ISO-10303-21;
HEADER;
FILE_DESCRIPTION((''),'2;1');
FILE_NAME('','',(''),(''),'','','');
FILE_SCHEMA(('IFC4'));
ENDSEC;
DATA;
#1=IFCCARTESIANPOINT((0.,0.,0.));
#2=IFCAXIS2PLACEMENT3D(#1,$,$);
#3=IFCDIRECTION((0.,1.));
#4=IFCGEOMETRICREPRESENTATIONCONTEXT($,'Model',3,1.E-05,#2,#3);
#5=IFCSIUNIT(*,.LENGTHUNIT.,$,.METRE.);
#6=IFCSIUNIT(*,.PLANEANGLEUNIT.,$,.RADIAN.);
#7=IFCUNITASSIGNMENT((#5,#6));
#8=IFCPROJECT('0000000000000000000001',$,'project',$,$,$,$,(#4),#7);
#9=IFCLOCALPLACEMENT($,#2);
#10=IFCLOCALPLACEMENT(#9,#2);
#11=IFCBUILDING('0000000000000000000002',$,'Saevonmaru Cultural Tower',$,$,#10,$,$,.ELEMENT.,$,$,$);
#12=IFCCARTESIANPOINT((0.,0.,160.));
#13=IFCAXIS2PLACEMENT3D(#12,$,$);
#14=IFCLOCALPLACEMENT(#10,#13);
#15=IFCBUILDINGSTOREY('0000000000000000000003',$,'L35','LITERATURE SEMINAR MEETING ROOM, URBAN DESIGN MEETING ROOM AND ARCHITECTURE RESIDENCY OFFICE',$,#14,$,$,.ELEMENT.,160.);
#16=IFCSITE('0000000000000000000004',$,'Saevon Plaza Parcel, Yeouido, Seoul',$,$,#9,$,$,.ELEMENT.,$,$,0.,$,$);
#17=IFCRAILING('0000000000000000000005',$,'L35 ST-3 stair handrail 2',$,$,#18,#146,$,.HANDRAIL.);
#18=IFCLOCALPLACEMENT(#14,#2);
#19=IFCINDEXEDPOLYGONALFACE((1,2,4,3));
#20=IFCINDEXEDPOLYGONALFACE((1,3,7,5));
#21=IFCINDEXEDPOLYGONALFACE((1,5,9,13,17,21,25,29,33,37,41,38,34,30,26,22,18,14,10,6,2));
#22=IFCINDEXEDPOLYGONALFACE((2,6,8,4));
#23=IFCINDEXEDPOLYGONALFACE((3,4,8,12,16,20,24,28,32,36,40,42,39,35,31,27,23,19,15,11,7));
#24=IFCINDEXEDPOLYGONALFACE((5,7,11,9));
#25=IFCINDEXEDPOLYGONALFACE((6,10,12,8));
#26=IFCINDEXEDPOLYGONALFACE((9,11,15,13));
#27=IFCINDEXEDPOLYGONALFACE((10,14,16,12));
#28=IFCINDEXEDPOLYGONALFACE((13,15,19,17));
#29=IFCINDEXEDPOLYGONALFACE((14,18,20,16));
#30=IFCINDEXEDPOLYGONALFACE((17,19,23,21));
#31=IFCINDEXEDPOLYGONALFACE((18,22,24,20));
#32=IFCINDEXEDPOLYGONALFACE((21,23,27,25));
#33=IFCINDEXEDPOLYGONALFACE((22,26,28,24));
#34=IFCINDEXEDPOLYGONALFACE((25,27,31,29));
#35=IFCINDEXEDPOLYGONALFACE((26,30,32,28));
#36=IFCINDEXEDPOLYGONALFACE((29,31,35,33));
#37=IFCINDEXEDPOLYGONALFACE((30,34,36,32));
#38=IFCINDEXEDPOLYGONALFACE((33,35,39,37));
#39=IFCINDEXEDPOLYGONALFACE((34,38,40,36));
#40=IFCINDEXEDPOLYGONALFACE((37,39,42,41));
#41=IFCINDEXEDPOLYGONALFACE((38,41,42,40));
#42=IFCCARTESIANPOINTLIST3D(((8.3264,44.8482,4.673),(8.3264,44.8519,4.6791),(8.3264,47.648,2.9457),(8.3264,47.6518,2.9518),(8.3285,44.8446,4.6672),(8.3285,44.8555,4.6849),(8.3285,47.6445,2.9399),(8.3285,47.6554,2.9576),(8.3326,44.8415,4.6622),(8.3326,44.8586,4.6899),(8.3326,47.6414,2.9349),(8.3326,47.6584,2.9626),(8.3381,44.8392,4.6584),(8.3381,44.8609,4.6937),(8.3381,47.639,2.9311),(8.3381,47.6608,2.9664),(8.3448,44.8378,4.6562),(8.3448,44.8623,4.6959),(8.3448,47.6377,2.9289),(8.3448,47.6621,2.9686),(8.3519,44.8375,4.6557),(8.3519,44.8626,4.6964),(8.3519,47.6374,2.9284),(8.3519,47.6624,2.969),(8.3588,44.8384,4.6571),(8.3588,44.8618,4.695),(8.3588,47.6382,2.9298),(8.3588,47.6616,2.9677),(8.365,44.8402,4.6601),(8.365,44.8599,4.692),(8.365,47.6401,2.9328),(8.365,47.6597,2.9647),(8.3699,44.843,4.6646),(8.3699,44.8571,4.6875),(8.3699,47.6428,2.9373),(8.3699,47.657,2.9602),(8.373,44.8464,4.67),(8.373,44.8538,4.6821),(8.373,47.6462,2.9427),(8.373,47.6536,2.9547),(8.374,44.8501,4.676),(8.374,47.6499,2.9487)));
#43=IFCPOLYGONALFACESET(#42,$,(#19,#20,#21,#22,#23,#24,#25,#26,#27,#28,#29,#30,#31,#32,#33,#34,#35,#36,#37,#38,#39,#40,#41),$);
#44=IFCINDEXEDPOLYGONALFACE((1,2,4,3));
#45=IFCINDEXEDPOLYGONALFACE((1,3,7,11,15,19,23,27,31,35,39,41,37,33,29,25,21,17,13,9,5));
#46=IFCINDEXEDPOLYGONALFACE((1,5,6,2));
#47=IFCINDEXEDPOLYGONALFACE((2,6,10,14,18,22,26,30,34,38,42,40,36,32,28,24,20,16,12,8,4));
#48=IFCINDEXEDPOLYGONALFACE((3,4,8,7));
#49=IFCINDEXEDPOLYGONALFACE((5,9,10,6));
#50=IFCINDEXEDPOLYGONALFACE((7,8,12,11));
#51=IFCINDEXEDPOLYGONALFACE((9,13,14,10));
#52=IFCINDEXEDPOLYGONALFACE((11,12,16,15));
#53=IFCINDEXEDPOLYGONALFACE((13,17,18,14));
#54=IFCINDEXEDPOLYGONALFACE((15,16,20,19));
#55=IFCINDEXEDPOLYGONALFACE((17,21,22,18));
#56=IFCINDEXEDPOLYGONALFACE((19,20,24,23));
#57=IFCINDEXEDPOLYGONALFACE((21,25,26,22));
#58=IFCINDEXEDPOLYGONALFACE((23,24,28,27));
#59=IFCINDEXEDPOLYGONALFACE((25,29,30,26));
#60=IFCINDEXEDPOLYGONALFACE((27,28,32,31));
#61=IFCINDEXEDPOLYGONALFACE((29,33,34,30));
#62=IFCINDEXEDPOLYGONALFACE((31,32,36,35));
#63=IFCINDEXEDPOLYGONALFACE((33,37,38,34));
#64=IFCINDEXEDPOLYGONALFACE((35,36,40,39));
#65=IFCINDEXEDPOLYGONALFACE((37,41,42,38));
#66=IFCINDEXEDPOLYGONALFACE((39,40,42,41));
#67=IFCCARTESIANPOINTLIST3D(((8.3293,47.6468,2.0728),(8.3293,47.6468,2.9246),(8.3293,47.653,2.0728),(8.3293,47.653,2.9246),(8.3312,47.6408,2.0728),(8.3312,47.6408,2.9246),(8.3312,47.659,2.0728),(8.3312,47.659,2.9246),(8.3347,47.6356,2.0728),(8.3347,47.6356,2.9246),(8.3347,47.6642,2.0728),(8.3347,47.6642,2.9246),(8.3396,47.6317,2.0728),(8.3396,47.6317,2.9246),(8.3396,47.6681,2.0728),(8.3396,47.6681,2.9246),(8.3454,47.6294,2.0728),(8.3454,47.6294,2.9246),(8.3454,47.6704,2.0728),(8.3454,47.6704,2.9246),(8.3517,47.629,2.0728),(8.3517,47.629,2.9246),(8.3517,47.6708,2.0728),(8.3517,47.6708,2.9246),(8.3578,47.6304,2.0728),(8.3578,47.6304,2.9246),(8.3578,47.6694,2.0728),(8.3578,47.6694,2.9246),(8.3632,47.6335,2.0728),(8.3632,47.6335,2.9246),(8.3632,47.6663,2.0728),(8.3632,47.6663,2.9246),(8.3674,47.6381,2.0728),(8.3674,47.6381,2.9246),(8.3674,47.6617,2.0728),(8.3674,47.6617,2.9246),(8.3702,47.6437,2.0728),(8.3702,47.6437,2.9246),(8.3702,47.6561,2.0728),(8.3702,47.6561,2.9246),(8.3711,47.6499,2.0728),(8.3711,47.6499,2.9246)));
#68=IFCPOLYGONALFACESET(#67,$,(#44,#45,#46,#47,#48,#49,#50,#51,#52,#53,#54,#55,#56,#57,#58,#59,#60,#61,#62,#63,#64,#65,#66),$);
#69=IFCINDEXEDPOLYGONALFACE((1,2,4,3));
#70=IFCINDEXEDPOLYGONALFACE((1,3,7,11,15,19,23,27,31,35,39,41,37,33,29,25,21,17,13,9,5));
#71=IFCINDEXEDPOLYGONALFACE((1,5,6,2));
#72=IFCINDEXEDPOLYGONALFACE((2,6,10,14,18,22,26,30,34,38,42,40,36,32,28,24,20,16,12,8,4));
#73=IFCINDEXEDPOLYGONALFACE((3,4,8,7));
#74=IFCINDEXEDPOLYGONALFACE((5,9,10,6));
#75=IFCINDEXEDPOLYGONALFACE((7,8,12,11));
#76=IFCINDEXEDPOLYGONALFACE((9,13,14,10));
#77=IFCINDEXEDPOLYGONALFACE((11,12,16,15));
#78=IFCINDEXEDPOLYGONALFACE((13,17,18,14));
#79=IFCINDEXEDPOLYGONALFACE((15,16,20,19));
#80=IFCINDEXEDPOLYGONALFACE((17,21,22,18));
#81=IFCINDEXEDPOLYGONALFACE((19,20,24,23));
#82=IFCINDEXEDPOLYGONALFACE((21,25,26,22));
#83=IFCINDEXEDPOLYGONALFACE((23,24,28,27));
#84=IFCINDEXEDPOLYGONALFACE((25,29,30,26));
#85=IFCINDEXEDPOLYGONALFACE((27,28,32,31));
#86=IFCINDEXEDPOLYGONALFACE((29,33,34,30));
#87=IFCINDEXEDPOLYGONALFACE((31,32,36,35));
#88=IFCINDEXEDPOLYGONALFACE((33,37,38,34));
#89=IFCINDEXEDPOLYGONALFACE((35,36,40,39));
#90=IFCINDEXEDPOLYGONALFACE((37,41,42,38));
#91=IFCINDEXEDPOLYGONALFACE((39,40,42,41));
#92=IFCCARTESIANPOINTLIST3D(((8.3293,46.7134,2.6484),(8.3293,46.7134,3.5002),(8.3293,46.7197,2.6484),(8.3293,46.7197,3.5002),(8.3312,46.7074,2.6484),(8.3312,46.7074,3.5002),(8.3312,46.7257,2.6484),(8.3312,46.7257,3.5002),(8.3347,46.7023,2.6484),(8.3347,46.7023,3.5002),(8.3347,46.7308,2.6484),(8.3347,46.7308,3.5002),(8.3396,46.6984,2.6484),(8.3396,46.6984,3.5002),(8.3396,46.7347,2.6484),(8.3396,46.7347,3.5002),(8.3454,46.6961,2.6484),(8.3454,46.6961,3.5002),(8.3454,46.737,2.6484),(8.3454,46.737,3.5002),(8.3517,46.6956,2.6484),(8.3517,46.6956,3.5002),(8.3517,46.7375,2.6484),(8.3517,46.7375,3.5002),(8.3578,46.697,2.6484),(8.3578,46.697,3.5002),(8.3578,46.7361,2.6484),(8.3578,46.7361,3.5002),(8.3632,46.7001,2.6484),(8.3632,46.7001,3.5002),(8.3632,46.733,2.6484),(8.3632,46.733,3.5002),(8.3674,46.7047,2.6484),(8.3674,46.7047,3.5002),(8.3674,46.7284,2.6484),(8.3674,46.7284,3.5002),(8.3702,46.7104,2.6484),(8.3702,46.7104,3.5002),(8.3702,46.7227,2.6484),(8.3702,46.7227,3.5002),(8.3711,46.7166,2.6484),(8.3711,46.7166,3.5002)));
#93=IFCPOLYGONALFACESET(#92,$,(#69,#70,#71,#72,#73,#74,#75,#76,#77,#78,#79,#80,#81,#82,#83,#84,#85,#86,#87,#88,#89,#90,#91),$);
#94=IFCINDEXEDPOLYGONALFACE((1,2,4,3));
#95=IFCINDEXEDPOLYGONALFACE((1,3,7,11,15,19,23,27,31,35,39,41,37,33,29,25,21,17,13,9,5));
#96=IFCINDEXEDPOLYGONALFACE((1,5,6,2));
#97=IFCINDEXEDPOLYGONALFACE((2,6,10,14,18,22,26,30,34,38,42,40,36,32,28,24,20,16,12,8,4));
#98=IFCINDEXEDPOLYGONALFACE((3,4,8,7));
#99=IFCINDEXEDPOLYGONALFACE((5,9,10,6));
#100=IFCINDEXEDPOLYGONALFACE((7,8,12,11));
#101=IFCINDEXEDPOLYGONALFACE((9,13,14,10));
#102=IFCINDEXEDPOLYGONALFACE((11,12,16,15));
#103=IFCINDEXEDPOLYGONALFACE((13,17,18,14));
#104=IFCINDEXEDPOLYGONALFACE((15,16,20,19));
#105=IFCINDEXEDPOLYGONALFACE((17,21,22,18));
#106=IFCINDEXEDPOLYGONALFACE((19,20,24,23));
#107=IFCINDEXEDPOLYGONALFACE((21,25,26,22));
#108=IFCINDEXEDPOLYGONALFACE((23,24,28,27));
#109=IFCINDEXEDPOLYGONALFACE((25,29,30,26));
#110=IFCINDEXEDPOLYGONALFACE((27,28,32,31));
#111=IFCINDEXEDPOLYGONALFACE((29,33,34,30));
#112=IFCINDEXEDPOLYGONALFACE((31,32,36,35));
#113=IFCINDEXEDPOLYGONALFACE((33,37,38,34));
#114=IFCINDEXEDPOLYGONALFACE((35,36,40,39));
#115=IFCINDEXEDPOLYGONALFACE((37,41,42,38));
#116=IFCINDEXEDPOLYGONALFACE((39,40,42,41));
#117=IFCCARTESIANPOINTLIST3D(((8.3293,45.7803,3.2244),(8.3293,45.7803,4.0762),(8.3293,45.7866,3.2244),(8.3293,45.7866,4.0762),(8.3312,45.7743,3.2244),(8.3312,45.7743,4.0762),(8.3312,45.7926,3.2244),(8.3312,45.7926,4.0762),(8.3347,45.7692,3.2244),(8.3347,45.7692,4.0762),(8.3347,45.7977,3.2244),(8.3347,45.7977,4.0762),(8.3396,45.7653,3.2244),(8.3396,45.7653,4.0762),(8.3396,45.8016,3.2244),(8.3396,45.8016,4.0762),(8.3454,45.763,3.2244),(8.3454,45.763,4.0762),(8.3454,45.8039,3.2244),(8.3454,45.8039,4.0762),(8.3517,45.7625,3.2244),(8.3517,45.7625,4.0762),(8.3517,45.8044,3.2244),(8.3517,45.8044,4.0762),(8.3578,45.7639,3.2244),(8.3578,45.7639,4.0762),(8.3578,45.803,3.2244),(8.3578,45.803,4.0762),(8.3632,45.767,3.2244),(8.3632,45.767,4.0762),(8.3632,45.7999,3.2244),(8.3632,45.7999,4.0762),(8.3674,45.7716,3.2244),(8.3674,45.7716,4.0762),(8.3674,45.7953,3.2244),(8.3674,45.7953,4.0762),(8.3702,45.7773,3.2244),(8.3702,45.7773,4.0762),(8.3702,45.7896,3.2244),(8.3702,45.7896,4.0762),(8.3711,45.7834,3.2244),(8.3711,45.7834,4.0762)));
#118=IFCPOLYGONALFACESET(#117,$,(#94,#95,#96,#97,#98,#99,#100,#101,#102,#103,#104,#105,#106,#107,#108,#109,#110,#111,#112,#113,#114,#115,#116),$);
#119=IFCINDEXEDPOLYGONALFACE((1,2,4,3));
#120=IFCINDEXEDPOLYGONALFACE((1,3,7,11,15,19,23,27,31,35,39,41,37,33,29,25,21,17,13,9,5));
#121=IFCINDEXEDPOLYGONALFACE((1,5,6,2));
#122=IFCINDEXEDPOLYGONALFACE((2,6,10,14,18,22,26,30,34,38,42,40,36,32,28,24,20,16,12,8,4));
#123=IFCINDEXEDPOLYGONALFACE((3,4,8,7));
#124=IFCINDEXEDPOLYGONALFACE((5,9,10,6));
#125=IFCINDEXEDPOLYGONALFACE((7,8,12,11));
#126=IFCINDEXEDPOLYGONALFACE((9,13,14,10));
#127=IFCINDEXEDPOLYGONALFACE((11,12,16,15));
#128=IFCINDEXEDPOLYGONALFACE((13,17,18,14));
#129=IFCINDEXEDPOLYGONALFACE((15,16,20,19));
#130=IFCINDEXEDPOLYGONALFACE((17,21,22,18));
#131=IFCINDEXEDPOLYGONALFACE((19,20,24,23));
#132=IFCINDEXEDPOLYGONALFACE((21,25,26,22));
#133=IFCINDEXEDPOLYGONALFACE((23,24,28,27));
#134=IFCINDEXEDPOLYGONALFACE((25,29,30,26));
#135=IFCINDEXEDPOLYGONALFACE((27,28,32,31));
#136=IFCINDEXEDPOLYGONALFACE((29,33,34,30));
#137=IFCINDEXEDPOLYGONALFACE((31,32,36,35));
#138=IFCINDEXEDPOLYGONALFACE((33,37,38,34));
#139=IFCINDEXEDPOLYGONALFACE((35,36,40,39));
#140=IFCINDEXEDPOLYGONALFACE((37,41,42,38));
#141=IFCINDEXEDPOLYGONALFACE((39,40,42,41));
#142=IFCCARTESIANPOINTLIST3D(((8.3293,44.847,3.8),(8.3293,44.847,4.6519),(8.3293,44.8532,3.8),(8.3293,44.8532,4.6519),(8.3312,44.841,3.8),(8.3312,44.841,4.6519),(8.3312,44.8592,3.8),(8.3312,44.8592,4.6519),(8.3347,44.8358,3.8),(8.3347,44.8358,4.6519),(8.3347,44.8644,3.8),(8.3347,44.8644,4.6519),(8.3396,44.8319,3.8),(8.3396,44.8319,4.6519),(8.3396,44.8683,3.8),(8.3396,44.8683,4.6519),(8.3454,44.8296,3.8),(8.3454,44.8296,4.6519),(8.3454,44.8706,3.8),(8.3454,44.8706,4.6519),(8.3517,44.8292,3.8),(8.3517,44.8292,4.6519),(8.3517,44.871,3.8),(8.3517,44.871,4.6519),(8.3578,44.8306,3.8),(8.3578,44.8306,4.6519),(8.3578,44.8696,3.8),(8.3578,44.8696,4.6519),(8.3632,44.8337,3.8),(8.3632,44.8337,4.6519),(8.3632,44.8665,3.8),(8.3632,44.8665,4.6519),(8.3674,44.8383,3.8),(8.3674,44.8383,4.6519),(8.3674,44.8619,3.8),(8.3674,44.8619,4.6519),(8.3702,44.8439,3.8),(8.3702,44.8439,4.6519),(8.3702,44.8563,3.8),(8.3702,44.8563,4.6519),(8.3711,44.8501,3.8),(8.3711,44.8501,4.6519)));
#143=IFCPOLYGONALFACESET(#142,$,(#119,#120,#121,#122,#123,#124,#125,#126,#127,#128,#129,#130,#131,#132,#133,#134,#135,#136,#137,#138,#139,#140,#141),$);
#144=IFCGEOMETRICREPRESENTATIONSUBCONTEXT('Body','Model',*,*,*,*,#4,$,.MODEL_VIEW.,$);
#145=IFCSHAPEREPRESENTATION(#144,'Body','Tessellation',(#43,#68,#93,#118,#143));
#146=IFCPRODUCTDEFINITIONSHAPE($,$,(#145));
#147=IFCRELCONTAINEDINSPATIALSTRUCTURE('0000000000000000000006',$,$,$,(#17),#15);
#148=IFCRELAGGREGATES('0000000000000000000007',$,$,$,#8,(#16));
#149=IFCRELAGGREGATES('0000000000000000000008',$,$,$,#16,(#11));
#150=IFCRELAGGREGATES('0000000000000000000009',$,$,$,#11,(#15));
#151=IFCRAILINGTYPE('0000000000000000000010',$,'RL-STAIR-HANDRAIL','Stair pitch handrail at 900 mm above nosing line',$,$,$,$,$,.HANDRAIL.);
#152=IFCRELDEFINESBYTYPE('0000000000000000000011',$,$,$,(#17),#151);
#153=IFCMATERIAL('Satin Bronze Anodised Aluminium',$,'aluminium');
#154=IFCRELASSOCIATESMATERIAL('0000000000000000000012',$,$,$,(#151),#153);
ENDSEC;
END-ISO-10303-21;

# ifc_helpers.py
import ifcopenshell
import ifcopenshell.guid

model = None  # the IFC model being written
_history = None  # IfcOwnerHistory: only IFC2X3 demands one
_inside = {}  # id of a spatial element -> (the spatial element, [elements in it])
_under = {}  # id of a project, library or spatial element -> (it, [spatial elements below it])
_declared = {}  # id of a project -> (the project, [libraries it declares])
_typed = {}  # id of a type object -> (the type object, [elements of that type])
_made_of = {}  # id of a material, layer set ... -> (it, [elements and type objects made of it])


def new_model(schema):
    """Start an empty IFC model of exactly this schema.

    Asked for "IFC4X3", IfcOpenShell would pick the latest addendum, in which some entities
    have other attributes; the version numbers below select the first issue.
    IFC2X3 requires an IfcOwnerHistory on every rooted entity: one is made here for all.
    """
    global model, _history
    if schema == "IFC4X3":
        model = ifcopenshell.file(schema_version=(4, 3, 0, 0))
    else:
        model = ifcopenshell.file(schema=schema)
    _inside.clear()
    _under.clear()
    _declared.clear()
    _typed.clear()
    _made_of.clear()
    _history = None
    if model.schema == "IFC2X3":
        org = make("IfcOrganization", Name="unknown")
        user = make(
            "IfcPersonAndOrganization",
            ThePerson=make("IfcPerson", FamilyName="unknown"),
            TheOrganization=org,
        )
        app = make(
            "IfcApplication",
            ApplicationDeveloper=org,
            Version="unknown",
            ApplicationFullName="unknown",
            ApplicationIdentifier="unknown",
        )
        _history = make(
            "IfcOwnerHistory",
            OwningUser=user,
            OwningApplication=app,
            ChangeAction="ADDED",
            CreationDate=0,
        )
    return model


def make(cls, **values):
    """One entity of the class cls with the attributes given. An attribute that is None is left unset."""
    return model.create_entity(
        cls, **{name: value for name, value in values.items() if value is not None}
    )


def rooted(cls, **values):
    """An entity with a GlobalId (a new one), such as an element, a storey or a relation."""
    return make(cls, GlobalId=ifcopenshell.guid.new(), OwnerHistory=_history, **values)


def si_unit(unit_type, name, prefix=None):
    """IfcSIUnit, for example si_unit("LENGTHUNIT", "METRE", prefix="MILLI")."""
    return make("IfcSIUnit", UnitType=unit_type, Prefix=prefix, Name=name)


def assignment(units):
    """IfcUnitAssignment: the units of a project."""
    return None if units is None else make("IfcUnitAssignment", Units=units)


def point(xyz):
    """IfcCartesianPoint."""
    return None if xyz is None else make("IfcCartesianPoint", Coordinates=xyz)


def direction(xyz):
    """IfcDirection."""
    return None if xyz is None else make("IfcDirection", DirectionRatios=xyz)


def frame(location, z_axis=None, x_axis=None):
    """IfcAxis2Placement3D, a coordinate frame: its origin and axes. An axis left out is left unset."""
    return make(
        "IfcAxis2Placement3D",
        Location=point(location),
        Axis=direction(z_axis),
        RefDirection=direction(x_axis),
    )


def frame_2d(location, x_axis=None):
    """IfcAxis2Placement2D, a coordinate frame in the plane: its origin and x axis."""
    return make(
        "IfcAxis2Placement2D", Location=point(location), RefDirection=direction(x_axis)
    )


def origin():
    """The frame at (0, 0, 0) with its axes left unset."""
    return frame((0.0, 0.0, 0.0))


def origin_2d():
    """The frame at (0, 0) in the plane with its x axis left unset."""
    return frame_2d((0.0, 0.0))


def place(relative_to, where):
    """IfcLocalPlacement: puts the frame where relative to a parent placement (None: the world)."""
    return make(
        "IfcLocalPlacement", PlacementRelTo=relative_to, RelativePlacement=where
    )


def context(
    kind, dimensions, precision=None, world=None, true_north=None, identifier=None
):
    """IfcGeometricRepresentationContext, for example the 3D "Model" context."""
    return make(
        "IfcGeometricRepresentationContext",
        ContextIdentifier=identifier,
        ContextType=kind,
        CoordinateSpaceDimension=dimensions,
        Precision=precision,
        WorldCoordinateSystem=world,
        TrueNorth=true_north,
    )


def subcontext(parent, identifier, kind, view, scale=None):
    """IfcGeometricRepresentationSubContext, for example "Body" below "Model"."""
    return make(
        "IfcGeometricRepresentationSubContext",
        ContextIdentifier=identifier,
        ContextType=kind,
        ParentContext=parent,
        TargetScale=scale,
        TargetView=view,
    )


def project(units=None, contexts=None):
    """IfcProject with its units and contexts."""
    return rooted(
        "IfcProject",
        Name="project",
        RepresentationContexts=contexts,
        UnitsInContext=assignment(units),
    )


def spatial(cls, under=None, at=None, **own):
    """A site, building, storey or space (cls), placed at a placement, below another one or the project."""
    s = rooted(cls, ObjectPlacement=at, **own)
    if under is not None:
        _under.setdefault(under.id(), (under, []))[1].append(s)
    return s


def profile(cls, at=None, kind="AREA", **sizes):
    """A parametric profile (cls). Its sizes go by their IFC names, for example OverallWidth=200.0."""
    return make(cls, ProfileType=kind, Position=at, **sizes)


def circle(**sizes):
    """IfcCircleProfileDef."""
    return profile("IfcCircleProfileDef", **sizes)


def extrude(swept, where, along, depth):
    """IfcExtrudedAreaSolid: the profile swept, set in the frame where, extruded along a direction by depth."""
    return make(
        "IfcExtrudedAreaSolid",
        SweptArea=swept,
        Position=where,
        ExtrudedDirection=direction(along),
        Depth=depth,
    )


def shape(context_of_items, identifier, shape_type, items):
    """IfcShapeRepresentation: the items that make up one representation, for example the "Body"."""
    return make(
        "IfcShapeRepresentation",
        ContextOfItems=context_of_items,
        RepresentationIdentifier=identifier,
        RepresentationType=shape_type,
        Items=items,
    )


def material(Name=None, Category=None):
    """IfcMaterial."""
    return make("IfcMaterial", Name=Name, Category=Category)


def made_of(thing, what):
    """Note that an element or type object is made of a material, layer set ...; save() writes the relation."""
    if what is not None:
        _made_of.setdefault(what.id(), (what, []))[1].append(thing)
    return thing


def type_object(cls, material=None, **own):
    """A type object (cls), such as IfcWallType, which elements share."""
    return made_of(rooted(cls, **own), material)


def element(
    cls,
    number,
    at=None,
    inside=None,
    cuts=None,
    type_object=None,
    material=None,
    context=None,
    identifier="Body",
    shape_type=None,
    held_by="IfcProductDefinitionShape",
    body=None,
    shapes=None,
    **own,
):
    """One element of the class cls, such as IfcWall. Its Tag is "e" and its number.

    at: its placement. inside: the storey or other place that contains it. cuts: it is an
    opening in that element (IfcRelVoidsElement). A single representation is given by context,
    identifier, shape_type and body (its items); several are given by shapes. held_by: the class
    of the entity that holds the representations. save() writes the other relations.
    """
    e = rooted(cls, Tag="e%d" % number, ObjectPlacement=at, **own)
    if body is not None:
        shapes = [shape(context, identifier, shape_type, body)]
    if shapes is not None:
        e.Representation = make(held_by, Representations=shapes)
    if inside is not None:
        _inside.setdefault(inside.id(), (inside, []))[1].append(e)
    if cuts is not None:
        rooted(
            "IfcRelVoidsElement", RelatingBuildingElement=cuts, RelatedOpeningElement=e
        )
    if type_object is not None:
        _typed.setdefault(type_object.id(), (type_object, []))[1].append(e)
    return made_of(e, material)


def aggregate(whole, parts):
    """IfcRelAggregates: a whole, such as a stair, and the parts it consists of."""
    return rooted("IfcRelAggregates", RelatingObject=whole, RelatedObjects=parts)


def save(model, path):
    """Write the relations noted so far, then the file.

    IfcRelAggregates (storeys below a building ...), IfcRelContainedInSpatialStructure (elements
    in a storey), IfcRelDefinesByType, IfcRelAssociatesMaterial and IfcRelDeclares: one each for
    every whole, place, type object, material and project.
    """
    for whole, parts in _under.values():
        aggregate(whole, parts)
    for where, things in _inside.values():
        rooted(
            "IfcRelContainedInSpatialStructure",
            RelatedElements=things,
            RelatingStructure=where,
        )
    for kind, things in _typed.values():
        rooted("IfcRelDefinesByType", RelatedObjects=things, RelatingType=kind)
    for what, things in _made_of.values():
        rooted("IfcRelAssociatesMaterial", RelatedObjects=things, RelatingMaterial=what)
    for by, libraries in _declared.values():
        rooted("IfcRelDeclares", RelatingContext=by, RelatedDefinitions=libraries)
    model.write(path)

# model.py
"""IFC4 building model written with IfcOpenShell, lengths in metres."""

from ifc_helpers import new_model, si_unit, direction, frame, origin, origin_2d, place, context, subcontext, project, spatial, circle, extrude, material, type_object, element, save


model = new_model("IFC4")

# Units and contexts
model_context = context("Model", 3, precision=1e-05, world=origin(), true_north=direction((0.0, 1.0)))
body_context = subcontext(model_context, "Body", "Model", "MODEL_VIEW")
ifc_project = project(units=[si_unit("LENGTHUNIT", "METRE"), si_unit("PLANEANGLEUNIT", "RADIAN")], contexts=[model_context])

# Site, building, storey
site_placement = place(None, origin())
site = spatial("IfcSite", under=ifc_project, at=site_placement, Name="Saevon Plaza Parcel, Yeouido, Seoul", CompositionType="ELEMENT", RefElevation=0.0)
building_placement = place(site_placement, origin())
building = spatial("IfcBuilding", under=site, at=building_placement, Name="Saevonmaru Cultural Tower", CompositionType="ELEMENT")
storey_placement = place(building_placement, frame((0.0, 0.0, 160.0)))
storey = spatial("IfcBuildingStorey", under=building, at=storey_placement, Name="L35", Description="LITERATURE SEMINAR MEETING ROOM, URBAN DESIGN MEETING ROOM AND ARCHITECTURE RESIDENCY OFFICE", CompositionType="ELEMENT", Elevation=160.0)

# Shared definitions
ifc_material_1 = material(Name="Satin Bronze Anodised Aluminium", Category="aluminium")

# Railing
railing_type_1 = type_object("IfcRailingType", Name="RL-STAIR-HANDRAIL", Description="Stair pitch handrail at 900 mm above nosing line", PredefinedType="HANDRAIL", material=ifc_material_1)
railing_1_placement = place(storey_placement, frame((8.3501, 47.6499, 2.0728)))
element("IfcRailing", 1, at=railing_1_placement, inside=storey, type_object=railing_type_1, Name="L35 ST-3 stair handrail 2", PredefinedType="HANDRAIL", context=body_context, shape_type="SweptSolid", body=[
    extrude(circle(Radius=0.0239, at=origin_2d()), frame((0.0, 0.0, 0.876), z_axis=(0.0, -0.851069, 0.525054), x_axis=(1.0, 0.0, 0.0)), (0.0, 0.0, 1.0), 3.2898),
    extrude(circle(Radius=0.021, at=origin_2d()), origin(), (0.0, 0.0, 1.0), 0.8518),
    extrude(circle(Radius=0.021, at=origin_2d()), frame((0.0, -0.9333, 0.5757)), (0.0, 0.0, 1.0), 0.8518),
    extrude(circle(Radius=0.021, at=origin_2d()), frame((0.0, -1.8665, 1.1516)), (0.0, 0.0, 1.0), 0.8518),
    extrude(circle(Radius=0.021, at=origin_2d()), frame((0.0, -2.7998, 1.7273)), (0.0, 0.0, 1.0), 0.8518),
])

save(model, "model.ifc")
